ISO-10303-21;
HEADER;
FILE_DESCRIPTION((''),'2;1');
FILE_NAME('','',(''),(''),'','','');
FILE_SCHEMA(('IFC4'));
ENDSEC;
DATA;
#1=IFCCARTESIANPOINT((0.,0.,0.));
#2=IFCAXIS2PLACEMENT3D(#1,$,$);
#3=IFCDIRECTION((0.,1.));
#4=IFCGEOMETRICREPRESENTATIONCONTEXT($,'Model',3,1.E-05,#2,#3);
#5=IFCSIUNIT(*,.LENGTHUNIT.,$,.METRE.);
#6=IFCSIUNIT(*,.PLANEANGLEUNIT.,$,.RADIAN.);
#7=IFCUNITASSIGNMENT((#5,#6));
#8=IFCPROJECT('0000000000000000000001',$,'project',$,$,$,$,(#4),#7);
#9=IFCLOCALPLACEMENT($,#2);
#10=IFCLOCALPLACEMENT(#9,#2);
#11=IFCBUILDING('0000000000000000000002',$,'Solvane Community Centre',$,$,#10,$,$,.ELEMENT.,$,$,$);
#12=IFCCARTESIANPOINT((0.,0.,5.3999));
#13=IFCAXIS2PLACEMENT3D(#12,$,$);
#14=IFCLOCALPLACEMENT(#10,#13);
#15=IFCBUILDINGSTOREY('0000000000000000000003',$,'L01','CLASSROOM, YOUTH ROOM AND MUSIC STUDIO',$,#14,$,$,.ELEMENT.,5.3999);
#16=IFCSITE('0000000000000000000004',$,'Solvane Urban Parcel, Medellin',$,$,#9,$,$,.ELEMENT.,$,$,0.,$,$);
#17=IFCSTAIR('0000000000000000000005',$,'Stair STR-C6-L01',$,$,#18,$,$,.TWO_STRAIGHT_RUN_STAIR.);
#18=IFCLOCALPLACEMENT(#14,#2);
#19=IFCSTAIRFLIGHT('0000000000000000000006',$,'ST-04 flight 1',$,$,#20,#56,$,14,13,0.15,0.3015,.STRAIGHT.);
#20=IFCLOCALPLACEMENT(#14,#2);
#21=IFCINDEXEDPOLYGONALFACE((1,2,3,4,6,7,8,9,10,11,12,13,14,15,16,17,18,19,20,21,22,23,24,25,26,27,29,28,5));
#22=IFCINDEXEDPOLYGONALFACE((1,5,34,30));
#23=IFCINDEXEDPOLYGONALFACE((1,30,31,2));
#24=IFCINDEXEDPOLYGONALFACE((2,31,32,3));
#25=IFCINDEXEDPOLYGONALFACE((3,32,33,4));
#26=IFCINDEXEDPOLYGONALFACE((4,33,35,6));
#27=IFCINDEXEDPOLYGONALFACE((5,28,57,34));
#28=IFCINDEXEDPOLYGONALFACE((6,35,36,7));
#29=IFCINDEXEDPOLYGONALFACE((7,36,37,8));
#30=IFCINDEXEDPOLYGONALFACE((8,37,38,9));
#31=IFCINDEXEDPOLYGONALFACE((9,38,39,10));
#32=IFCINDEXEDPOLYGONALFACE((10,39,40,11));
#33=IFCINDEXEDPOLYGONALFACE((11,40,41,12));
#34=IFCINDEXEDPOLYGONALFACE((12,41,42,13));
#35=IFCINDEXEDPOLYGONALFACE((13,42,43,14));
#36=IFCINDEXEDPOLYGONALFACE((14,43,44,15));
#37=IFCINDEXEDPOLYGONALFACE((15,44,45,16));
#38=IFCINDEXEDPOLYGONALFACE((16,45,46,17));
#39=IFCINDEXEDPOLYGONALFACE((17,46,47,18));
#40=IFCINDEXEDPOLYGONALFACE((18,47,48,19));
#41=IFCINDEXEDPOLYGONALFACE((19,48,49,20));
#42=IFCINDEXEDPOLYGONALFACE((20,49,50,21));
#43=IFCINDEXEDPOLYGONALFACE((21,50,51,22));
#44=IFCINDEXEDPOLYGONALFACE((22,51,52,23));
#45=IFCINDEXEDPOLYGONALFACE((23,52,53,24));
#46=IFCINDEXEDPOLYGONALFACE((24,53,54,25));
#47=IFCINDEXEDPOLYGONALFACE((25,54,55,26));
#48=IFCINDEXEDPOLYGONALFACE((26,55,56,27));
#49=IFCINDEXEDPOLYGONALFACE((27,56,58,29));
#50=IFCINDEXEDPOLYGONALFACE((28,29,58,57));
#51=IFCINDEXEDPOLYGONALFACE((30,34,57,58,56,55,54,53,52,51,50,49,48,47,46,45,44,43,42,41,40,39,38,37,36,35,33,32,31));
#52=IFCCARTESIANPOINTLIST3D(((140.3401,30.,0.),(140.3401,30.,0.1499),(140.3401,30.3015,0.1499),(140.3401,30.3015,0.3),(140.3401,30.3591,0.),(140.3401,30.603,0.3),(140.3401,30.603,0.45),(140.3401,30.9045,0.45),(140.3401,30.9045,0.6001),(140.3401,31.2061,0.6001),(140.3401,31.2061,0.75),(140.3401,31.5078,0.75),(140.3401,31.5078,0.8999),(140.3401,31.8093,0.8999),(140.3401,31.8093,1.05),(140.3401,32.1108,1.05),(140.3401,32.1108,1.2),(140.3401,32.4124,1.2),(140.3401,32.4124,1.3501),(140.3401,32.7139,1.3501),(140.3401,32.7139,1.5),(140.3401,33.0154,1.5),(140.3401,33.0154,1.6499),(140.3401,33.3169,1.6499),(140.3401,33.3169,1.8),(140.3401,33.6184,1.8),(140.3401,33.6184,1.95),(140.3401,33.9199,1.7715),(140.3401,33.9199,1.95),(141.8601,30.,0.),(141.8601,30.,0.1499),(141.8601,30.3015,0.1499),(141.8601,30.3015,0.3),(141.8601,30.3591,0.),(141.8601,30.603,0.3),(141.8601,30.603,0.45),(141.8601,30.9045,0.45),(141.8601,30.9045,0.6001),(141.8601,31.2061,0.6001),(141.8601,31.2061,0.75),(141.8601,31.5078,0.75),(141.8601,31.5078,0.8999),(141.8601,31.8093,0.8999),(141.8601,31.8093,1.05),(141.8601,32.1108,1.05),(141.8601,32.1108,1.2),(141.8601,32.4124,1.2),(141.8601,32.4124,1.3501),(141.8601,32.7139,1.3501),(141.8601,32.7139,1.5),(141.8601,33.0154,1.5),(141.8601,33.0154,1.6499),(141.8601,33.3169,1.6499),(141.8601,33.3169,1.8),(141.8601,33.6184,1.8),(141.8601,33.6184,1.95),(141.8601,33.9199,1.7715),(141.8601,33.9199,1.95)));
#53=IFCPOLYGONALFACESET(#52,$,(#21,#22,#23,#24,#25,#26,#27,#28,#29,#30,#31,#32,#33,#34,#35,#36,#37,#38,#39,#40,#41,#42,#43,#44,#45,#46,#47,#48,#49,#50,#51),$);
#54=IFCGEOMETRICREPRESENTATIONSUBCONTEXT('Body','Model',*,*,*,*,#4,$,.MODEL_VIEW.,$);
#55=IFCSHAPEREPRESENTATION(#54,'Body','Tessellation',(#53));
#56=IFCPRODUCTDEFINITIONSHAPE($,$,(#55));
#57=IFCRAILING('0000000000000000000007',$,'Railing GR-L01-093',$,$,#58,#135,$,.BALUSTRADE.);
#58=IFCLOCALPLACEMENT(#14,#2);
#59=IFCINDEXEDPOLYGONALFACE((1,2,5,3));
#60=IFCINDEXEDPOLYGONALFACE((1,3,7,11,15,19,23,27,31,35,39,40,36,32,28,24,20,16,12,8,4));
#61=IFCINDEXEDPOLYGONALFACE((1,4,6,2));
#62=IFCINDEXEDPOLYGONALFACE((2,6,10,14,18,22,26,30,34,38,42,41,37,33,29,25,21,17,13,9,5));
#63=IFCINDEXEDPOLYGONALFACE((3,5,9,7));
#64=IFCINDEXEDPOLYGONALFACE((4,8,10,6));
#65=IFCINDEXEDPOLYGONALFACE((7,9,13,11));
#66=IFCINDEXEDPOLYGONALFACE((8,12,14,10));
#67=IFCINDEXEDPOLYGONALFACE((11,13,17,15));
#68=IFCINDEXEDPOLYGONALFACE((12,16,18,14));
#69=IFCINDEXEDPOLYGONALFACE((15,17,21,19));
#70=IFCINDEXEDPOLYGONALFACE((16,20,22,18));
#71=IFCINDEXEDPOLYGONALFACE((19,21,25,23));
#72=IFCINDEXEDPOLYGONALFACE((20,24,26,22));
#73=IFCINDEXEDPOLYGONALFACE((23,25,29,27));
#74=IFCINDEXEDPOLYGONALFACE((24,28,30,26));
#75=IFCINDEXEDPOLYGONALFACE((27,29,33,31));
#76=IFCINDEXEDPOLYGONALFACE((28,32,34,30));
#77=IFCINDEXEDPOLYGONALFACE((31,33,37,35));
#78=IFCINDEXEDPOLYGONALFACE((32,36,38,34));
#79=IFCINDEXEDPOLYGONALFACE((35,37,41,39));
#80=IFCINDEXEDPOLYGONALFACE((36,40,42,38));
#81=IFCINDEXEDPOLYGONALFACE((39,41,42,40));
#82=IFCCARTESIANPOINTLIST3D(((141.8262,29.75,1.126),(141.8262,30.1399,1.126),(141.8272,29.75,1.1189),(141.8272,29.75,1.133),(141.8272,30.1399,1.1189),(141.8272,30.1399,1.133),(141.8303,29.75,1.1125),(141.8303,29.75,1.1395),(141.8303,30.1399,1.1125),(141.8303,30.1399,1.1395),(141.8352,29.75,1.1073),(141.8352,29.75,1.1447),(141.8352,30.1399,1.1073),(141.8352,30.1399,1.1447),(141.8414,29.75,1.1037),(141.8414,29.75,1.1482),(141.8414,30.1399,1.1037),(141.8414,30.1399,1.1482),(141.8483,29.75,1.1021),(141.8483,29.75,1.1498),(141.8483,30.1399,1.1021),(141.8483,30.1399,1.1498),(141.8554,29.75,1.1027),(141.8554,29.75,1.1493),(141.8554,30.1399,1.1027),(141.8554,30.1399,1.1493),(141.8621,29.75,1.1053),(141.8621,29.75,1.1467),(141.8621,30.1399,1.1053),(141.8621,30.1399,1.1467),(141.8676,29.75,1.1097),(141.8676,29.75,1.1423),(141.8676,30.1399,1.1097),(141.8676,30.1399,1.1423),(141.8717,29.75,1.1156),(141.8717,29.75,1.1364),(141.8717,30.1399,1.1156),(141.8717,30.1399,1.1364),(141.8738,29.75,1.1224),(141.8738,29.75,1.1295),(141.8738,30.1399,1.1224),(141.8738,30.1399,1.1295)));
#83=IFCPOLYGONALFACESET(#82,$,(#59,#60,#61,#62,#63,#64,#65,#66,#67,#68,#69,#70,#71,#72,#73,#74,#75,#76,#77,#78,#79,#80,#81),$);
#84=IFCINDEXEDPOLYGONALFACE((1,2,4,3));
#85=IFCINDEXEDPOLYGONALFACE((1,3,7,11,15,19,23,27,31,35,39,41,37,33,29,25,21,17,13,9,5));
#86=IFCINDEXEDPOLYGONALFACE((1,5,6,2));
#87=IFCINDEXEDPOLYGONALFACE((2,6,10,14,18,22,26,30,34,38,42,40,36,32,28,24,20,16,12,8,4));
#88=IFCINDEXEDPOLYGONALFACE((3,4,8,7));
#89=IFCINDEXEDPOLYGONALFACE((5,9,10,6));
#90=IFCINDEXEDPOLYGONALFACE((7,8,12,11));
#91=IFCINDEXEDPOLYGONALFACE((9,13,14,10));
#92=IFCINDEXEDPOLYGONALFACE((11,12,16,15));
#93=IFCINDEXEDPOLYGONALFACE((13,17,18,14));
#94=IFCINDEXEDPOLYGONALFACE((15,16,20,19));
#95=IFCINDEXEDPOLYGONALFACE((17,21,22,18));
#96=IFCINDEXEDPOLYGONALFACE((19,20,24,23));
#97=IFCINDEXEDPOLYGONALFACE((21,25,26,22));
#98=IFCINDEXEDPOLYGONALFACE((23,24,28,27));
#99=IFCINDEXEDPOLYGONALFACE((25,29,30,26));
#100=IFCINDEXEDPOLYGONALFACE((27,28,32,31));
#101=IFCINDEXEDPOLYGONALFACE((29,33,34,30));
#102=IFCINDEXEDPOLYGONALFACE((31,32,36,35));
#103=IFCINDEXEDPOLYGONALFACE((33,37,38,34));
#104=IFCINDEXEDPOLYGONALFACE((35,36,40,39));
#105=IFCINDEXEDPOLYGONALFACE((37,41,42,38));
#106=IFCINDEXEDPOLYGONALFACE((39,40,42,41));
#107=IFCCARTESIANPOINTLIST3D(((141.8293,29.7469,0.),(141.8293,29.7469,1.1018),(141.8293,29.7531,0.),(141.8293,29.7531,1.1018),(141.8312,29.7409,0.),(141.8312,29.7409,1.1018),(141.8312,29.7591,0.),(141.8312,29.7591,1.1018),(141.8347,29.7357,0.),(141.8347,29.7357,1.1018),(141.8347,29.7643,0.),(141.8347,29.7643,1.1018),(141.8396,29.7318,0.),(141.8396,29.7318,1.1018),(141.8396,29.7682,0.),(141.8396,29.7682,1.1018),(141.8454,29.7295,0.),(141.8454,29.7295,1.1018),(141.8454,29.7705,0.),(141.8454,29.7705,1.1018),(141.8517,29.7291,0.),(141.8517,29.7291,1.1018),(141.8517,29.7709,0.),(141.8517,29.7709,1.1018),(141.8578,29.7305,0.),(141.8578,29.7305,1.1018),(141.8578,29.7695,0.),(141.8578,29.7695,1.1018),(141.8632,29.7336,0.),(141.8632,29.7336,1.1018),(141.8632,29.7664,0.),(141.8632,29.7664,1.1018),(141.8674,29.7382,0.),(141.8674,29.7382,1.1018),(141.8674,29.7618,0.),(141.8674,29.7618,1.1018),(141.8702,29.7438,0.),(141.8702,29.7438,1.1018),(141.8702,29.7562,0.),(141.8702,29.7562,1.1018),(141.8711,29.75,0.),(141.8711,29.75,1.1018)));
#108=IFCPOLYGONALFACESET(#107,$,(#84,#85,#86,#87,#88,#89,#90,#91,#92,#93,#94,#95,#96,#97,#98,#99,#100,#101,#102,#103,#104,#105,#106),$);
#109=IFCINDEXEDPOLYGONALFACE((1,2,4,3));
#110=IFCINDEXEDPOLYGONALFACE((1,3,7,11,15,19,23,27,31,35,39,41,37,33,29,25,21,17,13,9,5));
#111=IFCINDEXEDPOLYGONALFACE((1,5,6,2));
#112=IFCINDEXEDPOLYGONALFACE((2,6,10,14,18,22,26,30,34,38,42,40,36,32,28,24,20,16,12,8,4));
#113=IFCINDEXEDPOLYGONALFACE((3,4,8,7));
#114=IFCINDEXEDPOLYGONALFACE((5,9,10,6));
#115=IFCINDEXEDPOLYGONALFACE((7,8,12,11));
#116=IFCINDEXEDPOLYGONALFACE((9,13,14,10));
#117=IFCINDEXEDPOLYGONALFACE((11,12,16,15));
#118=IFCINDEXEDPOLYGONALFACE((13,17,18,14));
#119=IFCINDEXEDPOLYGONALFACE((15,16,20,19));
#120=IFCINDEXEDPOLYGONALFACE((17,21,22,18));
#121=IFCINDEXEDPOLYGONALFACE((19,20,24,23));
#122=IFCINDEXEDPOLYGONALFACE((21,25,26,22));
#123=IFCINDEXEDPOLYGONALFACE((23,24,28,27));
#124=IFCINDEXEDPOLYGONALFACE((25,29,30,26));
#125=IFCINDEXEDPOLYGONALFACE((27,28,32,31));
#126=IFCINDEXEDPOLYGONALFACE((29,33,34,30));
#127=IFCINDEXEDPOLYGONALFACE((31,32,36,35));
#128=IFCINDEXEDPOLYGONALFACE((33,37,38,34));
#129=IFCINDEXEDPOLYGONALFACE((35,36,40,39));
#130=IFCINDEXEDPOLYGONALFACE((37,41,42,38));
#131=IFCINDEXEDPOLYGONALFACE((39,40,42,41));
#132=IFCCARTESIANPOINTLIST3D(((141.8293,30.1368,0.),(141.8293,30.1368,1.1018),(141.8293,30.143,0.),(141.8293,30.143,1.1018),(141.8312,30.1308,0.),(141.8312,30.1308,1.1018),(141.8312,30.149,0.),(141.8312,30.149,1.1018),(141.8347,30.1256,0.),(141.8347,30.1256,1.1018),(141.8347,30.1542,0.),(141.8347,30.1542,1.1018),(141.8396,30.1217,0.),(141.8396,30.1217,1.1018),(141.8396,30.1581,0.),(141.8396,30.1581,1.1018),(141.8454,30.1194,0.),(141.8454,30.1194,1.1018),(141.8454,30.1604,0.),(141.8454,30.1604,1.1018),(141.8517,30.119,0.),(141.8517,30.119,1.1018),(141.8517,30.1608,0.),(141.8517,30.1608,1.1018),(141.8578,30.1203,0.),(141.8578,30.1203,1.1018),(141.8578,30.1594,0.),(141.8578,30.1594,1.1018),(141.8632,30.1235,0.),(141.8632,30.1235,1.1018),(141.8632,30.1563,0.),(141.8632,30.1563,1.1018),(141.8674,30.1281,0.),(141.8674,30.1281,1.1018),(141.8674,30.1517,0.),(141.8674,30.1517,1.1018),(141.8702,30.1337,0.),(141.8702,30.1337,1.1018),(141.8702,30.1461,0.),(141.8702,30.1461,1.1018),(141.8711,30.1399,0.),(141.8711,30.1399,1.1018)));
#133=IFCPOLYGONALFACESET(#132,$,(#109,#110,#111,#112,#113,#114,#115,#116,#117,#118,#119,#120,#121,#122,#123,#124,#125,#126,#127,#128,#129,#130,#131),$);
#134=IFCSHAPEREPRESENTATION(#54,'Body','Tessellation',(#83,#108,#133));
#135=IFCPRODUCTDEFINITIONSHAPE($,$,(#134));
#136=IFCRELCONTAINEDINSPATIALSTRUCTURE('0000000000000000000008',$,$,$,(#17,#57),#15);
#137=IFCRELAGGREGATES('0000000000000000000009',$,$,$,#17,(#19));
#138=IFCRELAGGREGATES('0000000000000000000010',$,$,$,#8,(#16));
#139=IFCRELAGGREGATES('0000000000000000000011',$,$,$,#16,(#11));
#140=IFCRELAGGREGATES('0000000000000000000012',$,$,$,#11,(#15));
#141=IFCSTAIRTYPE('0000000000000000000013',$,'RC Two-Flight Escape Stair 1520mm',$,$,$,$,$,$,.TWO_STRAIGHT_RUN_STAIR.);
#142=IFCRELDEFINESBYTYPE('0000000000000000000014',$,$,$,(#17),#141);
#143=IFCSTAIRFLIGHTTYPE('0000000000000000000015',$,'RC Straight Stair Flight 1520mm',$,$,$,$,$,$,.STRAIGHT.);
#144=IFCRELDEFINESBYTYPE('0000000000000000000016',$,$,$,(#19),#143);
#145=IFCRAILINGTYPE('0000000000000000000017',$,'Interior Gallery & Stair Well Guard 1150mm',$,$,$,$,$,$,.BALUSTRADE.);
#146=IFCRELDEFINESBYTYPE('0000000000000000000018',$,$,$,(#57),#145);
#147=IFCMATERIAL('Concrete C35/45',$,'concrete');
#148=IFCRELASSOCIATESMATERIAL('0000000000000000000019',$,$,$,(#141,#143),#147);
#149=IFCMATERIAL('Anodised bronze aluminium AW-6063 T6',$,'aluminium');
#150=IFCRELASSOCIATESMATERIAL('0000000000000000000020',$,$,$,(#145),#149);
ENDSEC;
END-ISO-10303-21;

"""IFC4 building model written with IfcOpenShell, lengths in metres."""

from ifc_helpers import new_model, si_unit, direction, frame, origin, origin_2d, place, context, subcontext, project, spatial, polyline, circle, outline, extrude, material, type_object, element, aggregate, save


model = new_model("IFC4")

# Units and contexts
model_context = context("Model", 3, precision=1e-05, world=origin(), true_north=direction((0.0, 1.0)))
body_context = subcontext(model_context, "Body", "Model", "MODEL_VIEW")
ifc_project = project(units=[si_unit("LENGTHUNIT", "METRE"), si_unit("PLANEANGLEUNIT", "RADIAN")], contexts=[model_context])

# Site, building, storey
site_placement = place(None, origin())
site = spatial("IfcSite", under=ifc_project, at=site_placement, Name="Solvane Urban Parcel, Medellin", CompositionType="ELEMENT", RefElevation=0.0)
building_placement = place(site_placement, origin())
building = spatial("IfcBuilding", under=site, at=building_placement, Name="Solvane Community Centre", CompositionType="ELEMENT")
storey_placement = place(building_placement, frame((0.0, 0.0, 5.3999)))
storey = spatial("IfcBuildingStorey", under=building, at=storey_placement, Name="L01", Description="CLASSROOM, YOUTH ROOM AND MUSIC STUDIO", CompositionType="ELEMENT", Elevation=5.3999)

# Shared definitions
ifc_material_1 = material(Name="Concrete C35/45", Category="concrete")

# Shared definitions
ifc_material_2 = material(Name="Anodised bronze aluminium AW-6063 T6", Category="aluminium")

# Stair, stair flight
stair_type = type_object("IfcStairType", Name="RC Two-Flight Escape Stair 1520mm", PredefinedType="TWO_STRAIGHT_RUN_STAIR", material=ifc_material_1)
stair_placement = place(storey_placement, origin())
stair = element("IfcStair", 1, at=stair_placement, inside=storey, type_object=stair_type, Name="Stair STR-C6-L01", PredefinedType="TWO_STRAIGHT_RUN_STAIR")
stair_flight_type = type_object("IfcStairFlightType", Name="RC Straight Stair Flight 1520mm", PredefinedType="STRAIGHT", material=ifc_material_1)
stair_flight_placement = place(storey_placement, frame((141.1001, 30.0, 0.0), z_axis=(0.0, 0.0, 1.0), x_axis=(0.0, 1.0, 0.0)))
stair_flight = element("IfcStairFlight", 2, at=stair_flight_placement, type_object=stair_flight_type, Name="ST-04 flight 1", NumberOfRisers=14, NumberOfTreads=13, PredefinedType="STRAIGHT", RiserHeight=0.15, TreadLength=0.3015, context=body_context, shape_type="SweptSolid", body=[
    extrude(outline(polyline([(0.0, 0.0), (0.0, 0.1499), (0.3015, 0.1499), (0.3015, 0.3), (0.603, 0.3), (0.603, 0.45), (0.9045, 0.45), (0.9045, 0.6001), (1.2061, 0.6001), (1.2061, 0.75), (1.5078, 0.75), (1.5078, 0.8999), (1.8093, 0.8999), (1.8093, 1.05), (2.1108, 1.05), (2.1108, 1.2), (2.4124, 1.2), (2.4124, 1.3501), (2.7139, 1.3501), (2.7139, 1.5), (3.0154, 1.5), (3.0154, 1.6499), (3.3169, 1.6499), (3.3169, 1.8), (3.6184, 1.8), (3.6184, 1.95), (3.9199, 1.95), (3.9199, 2.1001), (3.9199, 1.7715), (0.3591, 0.0), (0.0, 0.0)])), frame((0.0, 0.76, 0.0), z_axis=(0.0, -1.0, 0.0), x_axis=(1.0, 0.0, 0.0)), (0.0, 0.0, 1.0), 1.52),
])
aggregate(stair, [stair_flight])

# Railing
railing_type_1 = type_object("IfcRailingType", Name="Interior Gallery & Stair Well Guard 1150mm", PredefinedType="BALUSTRADE", material=ifc_material_2)
railing_1_placement = place(storey_placement, frame((141.8501, 29.75, 0.0)))
element("IfcRailing", 3, at=railing_1_placement, inside=storey, type_object=railing_type_1, Name="Railing GR-L01-093", PredefinedType="BALUSTRADE", context=body_context, shape_type="SweptSolid", body=[
    extrude(circle(Radius=0.0239, at=origin_2d()), frame((0.0, 0.0, 1.126), z_axis=(0.0, 1.0, 0.0), x_axis=(-1.0, 0.0, 0.0)), (0.0, 0.0, 1.0), 0.3899),
    extrude(circle(Radius=0.021, at=origin_2d()), origin(), (0.0, 0.0, 1.0), 1.1018),
    extrude(circle(Radius=0.021, at=origin_2d()), frame((0.0, 0.3899, 0.0)), (0.0, 0.0, 1.0), 1.1018),
])

save(model, "model.ifc")
